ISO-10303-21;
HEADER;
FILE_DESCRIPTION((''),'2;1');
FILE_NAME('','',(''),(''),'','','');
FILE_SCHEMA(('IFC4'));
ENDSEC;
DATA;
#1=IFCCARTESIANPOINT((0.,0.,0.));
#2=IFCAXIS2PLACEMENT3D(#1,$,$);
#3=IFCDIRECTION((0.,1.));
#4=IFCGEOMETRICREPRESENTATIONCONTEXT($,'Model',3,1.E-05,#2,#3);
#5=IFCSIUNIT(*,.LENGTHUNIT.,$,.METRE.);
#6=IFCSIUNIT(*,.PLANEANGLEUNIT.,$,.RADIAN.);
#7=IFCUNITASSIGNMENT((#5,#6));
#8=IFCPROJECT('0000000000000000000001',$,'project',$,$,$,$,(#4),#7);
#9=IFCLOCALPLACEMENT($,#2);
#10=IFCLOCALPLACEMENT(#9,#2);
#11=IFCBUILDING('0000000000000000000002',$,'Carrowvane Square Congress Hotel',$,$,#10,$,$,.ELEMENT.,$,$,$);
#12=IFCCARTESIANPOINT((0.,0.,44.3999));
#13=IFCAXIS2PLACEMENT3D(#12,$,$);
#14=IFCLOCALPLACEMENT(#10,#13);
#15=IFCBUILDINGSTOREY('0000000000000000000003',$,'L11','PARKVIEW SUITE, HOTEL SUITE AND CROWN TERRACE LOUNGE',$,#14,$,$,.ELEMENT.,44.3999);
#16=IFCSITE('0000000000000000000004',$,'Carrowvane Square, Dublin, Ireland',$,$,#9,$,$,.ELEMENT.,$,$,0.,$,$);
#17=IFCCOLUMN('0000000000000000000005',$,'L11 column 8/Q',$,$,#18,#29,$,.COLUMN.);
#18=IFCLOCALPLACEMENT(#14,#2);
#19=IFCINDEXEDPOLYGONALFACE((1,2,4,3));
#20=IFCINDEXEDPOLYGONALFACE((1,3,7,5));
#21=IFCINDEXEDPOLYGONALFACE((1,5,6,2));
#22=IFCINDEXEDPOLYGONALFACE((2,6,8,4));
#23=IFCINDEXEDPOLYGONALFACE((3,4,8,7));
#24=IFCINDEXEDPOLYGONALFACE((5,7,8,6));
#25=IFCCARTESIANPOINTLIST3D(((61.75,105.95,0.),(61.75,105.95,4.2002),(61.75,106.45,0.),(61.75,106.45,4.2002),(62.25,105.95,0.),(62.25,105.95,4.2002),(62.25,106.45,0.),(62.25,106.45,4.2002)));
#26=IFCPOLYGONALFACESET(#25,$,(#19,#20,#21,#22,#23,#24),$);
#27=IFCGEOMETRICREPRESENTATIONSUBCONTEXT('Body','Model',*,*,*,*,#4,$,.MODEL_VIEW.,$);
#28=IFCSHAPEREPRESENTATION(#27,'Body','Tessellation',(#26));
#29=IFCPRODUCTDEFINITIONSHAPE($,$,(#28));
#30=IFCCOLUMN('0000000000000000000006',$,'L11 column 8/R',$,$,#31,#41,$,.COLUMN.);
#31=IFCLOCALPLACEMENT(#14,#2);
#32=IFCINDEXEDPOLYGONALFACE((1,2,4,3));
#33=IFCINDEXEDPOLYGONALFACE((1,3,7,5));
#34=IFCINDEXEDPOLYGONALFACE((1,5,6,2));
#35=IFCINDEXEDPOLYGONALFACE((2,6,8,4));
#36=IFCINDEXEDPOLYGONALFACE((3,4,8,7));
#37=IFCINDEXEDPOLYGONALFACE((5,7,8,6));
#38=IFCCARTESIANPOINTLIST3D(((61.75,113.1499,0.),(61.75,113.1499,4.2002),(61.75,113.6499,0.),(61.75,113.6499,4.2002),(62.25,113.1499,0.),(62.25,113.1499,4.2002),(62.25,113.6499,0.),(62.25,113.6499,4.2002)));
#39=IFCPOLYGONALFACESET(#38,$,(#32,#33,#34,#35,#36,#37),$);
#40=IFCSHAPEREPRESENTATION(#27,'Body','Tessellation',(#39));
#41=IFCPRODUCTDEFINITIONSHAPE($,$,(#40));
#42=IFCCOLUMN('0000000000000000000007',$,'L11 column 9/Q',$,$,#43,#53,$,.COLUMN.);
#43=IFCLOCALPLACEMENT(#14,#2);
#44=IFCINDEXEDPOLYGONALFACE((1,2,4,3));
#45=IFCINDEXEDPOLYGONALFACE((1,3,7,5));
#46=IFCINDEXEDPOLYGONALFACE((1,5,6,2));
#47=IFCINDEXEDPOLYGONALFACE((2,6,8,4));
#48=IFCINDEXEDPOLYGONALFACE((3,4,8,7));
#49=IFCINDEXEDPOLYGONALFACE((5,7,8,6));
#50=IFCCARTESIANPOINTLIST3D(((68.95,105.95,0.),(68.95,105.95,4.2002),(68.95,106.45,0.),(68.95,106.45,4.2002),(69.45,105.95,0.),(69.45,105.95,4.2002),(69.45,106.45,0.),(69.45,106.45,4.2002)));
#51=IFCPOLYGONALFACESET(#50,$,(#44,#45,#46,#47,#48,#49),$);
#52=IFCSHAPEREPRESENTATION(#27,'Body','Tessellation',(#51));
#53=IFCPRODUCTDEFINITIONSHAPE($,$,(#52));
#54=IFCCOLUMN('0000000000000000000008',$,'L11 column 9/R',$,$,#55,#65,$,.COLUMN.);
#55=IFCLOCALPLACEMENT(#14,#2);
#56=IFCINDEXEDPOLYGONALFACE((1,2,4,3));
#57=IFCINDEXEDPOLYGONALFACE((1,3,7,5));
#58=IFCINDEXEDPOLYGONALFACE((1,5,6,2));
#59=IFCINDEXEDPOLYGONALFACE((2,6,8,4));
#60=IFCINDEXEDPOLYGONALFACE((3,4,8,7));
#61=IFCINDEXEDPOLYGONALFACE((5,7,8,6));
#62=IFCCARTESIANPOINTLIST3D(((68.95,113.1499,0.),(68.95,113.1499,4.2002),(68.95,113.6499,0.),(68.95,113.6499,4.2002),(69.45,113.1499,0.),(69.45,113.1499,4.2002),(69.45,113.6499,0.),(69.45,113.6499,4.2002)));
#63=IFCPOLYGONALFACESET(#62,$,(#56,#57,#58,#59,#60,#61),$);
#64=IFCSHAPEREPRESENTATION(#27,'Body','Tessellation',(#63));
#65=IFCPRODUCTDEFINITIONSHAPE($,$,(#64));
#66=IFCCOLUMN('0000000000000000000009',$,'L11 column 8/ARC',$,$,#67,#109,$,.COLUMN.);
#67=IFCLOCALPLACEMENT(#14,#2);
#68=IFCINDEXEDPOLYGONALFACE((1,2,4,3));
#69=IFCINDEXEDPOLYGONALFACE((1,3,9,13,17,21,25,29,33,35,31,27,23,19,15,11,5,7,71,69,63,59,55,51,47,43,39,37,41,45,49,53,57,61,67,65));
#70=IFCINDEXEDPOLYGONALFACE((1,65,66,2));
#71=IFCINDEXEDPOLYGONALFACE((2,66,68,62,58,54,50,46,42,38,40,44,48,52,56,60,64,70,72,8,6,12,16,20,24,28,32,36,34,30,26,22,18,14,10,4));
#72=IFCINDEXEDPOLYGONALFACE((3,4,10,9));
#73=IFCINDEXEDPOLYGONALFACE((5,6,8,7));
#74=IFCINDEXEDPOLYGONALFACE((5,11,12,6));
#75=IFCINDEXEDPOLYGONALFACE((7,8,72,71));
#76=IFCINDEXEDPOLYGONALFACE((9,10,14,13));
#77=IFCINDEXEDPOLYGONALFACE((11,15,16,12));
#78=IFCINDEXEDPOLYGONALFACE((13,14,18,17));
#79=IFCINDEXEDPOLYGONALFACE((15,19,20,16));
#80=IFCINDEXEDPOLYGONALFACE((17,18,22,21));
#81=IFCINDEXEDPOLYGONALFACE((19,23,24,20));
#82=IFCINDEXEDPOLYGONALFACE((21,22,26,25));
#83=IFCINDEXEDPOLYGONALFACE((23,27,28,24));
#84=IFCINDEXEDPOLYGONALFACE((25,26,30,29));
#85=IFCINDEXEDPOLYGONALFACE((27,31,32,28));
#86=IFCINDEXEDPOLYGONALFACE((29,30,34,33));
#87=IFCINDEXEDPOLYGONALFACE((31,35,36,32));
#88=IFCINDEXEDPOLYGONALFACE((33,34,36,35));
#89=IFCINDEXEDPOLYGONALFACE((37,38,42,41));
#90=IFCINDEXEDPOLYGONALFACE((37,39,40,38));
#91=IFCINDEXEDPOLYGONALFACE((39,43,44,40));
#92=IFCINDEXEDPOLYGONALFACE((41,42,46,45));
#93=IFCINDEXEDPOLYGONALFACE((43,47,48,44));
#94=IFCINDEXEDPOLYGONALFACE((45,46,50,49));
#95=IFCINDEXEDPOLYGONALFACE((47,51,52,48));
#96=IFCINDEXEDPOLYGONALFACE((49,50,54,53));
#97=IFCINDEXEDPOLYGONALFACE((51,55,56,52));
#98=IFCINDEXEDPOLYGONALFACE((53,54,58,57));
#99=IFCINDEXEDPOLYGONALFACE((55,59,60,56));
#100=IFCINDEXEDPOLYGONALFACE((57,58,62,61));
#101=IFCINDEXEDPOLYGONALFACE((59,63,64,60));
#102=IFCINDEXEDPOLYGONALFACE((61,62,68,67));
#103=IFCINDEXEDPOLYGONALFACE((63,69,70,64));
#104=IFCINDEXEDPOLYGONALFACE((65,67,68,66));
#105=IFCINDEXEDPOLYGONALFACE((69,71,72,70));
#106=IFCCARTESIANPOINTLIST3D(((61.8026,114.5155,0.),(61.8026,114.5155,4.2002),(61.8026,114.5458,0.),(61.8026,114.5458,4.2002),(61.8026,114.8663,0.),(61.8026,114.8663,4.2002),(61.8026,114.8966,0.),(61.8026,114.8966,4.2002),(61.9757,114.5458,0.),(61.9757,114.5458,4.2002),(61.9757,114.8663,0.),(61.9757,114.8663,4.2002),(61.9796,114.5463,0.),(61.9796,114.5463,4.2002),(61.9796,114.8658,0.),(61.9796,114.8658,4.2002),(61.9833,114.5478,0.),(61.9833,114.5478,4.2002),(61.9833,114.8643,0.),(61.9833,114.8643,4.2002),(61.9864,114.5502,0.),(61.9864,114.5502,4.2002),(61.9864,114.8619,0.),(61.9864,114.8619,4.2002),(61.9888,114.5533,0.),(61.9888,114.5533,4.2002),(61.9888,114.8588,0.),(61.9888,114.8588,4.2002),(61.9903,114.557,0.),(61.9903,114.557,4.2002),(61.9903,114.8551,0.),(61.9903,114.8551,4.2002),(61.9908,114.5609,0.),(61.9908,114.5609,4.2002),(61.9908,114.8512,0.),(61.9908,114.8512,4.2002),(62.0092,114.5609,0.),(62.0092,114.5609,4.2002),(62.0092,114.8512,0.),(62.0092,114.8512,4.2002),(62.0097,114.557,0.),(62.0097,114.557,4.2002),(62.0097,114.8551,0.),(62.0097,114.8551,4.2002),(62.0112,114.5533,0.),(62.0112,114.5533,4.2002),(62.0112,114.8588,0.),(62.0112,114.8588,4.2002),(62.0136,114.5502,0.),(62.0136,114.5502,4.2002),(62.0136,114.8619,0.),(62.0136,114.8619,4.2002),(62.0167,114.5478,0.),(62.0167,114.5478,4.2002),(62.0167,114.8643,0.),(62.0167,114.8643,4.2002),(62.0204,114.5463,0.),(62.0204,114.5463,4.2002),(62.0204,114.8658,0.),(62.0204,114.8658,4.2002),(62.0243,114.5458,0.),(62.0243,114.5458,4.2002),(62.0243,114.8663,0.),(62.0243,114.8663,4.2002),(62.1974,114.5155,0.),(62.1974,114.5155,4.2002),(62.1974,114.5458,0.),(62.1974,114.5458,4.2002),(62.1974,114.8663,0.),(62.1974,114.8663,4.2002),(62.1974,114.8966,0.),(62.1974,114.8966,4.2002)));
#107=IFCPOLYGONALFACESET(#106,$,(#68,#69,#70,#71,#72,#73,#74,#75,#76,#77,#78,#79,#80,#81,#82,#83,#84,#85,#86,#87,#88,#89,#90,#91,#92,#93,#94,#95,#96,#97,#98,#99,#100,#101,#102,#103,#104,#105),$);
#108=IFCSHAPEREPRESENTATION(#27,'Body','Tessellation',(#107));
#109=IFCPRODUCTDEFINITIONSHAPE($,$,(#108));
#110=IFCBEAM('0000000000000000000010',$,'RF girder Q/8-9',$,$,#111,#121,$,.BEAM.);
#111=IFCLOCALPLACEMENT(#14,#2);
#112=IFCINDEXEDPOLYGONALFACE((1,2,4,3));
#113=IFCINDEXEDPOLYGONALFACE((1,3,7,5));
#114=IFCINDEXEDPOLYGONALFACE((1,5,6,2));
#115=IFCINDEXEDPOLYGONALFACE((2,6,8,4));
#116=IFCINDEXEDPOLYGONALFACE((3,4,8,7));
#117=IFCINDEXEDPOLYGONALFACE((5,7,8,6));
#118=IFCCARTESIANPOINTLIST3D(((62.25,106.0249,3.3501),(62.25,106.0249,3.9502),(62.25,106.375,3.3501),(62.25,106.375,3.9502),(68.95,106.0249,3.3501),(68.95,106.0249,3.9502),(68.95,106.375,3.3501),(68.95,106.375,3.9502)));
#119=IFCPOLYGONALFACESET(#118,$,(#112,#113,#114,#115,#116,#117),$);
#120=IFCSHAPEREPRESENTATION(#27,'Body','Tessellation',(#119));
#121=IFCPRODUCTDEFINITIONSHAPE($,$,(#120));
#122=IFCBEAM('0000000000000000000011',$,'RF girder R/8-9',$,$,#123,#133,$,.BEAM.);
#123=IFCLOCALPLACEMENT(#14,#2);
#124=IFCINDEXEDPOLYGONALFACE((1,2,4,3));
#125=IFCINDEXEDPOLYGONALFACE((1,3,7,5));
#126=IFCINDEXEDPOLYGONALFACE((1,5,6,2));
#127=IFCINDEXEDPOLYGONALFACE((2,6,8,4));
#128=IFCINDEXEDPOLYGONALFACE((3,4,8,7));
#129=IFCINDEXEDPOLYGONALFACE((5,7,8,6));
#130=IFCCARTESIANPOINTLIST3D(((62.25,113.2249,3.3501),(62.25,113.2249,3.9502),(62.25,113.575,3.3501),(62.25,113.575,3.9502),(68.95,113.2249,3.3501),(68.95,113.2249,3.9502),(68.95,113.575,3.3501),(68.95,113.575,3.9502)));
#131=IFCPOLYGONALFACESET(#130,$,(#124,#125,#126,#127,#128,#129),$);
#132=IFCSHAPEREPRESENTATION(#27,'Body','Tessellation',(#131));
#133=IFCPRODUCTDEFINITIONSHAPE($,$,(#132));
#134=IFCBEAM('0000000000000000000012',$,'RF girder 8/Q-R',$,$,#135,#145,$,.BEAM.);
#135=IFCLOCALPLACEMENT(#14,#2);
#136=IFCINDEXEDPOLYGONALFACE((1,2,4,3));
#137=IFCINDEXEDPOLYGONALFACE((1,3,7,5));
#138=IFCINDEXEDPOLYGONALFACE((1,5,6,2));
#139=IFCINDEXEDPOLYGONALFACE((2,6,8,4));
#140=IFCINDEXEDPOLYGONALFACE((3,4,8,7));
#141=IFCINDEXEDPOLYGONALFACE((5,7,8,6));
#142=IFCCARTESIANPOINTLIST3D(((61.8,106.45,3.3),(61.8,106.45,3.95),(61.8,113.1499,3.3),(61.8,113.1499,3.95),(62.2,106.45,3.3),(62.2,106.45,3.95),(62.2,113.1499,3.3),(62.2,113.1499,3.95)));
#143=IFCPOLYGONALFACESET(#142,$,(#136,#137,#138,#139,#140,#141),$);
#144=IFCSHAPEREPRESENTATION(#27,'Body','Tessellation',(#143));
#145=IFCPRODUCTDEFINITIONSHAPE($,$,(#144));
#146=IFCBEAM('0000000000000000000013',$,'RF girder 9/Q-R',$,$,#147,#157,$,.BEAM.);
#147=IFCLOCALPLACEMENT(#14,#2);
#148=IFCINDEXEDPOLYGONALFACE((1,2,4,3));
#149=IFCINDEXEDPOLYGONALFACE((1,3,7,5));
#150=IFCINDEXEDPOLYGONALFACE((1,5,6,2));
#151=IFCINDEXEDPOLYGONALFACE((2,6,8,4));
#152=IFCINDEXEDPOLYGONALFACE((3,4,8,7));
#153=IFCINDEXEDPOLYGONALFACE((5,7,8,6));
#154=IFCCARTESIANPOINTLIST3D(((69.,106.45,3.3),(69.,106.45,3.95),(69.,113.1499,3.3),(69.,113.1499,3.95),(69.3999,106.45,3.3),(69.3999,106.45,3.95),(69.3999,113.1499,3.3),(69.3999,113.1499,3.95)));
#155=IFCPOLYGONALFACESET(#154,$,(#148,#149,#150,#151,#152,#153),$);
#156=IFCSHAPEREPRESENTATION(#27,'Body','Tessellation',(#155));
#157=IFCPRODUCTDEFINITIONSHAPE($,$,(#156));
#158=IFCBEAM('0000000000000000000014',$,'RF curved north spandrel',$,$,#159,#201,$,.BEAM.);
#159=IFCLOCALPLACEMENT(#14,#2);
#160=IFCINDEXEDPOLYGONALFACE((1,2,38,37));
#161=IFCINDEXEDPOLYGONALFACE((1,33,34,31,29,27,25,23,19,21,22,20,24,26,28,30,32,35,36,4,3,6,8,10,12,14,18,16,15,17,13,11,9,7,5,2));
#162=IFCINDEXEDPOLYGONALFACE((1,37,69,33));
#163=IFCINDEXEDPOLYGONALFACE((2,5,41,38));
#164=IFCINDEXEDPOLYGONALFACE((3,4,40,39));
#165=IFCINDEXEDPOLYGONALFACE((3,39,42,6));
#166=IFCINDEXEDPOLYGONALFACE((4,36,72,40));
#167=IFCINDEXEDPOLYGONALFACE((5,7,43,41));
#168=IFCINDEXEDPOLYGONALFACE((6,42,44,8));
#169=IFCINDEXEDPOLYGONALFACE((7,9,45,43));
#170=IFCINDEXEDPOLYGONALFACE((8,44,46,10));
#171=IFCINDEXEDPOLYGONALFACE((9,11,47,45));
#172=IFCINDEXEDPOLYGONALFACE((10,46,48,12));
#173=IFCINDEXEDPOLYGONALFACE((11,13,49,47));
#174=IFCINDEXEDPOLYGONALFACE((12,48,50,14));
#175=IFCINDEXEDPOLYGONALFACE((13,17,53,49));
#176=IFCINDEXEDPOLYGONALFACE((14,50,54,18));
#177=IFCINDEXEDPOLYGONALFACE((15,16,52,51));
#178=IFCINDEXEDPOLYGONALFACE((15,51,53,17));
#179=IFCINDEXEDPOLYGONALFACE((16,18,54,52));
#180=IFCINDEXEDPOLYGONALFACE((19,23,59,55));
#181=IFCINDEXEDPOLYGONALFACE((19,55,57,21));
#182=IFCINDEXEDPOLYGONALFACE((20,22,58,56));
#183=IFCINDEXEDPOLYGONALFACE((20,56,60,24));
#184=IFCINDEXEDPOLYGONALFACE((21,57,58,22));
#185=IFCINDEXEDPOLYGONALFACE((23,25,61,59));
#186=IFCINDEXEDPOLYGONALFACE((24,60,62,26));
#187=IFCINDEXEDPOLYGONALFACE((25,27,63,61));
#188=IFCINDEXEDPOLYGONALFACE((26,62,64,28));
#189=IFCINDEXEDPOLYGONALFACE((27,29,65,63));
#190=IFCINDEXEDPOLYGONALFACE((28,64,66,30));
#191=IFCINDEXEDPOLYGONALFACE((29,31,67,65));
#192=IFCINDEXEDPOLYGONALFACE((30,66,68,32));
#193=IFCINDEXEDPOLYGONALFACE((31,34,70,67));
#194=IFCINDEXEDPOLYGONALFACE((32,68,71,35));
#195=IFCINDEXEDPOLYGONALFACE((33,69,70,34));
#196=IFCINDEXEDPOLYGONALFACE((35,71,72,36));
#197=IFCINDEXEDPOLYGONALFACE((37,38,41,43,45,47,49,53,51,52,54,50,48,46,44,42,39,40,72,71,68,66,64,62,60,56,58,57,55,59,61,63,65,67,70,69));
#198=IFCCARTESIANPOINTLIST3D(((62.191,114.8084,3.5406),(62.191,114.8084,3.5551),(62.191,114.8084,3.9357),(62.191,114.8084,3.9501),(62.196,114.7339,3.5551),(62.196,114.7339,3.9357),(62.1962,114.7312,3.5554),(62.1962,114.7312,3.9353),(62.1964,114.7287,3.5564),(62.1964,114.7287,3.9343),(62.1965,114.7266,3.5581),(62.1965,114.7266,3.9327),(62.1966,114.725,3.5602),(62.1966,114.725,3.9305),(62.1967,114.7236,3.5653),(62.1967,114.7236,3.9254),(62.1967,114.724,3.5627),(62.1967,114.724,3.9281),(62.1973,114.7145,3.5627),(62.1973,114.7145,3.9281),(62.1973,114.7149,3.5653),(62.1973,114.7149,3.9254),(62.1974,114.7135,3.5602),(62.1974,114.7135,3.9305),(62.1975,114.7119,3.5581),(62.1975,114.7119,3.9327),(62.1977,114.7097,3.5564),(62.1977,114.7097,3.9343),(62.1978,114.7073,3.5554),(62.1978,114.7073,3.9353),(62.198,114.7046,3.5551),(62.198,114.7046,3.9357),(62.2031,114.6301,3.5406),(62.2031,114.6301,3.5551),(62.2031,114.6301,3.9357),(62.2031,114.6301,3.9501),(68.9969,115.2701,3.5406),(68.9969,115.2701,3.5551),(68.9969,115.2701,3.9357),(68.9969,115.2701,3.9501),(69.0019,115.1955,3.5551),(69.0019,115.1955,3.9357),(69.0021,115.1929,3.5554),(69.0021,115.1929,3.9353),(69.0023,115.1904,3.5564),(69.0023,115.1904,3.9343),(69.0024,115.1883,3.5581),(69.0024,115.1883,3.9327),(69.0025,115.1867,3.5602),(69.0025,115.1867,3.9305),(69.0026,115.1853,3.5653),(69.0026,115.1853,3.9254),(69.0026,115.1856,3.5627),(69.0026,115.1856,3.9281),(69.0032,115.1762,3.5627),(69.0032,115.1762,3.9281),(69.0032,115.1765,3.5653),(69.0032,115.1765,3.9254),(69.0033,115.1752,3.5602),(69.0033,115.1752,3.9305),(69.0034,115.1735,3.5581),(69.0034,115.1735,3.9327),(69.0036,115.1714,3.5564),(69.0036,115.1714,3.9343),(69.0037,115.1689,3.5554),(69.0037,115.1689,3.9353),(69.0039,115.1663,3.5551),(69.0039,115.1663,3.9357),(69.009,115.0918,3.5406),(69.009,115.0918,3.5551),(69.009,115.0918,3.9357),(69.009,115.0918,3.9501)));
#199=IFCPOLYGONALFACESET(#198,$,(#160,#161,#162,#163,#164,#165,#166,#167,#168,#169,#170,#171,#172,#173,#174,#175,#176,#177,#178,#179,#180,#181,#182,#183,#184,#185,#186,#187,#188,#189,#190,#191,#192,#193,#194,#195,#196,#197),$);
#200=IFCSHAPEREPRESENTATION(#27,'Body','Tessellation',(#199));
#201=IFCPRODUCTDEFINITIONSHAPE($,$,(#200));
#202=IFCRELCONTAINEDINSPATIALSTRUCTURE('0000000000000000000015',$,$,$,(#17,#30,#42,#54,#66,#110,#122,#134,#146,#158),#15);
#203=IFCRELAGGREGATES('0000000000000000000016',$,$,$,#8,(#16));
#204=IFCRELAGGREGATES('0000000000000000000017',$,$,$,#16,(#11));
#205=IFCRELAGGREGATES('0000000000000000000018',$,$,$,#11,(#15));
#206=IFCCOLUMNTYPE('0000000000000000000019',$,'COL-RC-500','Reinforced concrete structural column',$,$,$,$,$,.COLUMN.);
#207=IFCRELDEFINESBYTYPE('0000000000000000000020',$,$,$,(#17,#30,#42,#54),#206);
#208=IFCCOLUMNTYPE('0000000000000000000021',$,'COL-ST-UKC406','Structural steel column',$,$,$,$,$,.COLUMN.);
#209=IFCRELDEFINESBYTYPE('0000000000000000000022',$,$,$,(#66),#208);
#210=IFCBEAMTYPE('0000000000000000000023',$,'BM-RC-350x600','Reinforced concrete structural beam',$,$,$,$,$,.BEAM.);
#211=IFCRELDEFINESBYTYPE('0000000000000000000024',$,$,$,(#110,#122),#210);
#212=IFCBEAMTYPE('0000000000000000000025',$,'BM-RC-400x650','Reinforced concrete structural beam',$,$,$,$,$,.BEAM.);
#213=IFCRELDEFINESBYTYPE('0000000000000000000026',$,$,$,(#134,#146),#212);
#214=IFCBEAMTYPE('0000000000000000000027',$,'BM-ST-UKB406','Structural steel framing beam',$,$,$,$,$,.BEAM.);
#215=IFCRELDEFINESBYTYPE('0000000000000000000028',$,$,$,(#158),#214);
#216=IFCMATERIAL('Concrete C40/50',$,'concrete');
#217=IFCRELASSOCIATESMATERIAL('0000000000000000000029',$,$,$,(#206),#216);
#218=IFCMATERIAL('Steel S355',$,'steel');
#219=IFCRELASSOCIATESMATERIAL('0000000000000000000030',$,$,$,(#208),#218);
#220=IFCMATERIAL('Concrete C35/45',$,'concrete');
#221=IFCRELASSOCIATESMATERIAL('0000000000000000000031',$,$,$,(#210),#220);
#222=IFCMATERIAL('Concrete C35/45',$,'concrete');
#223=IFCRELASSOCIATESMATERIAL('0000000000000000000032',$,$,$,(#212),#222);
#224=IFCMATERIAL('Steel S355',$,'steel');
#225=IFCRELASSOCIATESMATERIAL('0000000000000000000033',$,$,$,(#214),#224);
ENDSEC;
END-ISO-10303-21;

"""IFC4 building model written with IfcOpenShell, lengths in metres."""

from ifc_helpers import new_model, si_unit, direction, frame, origin, origin_2d, place, context, subcontext, project, spatial, rectangle, i_section, extrude, material, material_profile, profile_set, type_object, element, save


model = new_model("IFC4")

# Units and contexts
model_context = context("Model", 3, precision=1e-05, world=origin(), true_north=direction((0.0, 1.0)))
body_context = subcontext(model_context, "Body", "Model", "MODEL_VIEW")
ifc_project = project(units=[si_unit("LENGTHUNIT", "METRE"), si_unit("PLANEANGLEUNIT", "RADIAN")], contexts=[model_context])

# Site, building, storey
site_placement = place(None, origin())
site = spatial("IfcSite", under=ifc_project, at=site_placement, Name="Carrowvane Square, Dublin, Ireland", CompositionType="ELEMENT", RefElevation=0.0)
building_placement = place(site_placement, origin())
building = spatial("IfcBuilding", under=site, at=building_placement, Name="Carrowvane Square Congress Hotel", CompositionType="ELEMENT")
storey_placement = place(building_placement, frame((0.0, 0.0, 44.3999)))
storey = spatial("IfcBuildingStorey", under=building, at=storey_placement, Name="L11", Description="PARKVIEW SUITE, HOTEL SUITE AND CROWN TERRACE LOUNGE", CompositionType="ELEMENT", Elevation=44.3999)

# Columns
ifc_material_1 = material(Name="Concrete C40/50", Category="concrete")
ifc_material_profile_1 = material_profile(ifc_material_1, rectangle(XDim=0.5, YDim=0.5, at=origin_2d()), Name="RC 500x500")
ifc_profile_set_1 = profile_set([ifc_material_profile_1], Name="Concrete C40/50")
column_type_1 = type_object("IfcColumnType", Name="COL-RC-500", Description="Reinforced concrete structural column", PredefinedType="COLUMN", material=ifc_profile_set_1)
for number, where, z_axis, x_axis, name in (
    (1, (62.0, 106.2, 0.0), (0.0, 0.0, 1.0), (1.0, 0.0, 0.0), "L11 column 8/Q"),
    (2, (62.0, 113.3999, 0.0), (0.0, 0.0, 1.0), (1.0, 0.0, 0.0), "L11 column 8/R"),
    (3, (69.2, 106.2, 0.0), (0.0, 0.0, 1.0), (1.0, 0.0, 0.0), "L11 column 9/Q"),
    (4, (69.2, 113.3999, 0.0), (0.0, 0.0, 1.0), (1.0, 0.0, 0.0), "L11 column 9/R"),
):
    element("IfcColumn", number, at=place(storey_placement, frame(where, z_axis=z_axis, x_axis=x_axis)), inside=storey, type_object=column_type_1, Name=name, PredefinedType="COLUMN", context=body_context, shape_type="SweptSolid", body=[
        extrude(rectangle(XDim=0.5, YDim=0.5, at=origin_2d()), origin(), (0.0, 0.0, 1.0), 4.2002),
    ])
ifc_material_2 = material(Name="Steel S355", Category="steel")
ifc_material_profile_2 = material_profile(ifc_material_2, i_section(OverallWidth=0.3948, OverallDepth=0.3811, WebThickness=0.0183, FlangeThickness=0.0303, FilletRadius=0.0151, at=origin_2d()), Name="UKC 356x406x235")
ifc_profile_set_2 = profile_set([ifc_material_profile_2], Name="Steel S355")
column_type_2 = type_object("IfcColumnType", Name="COL-ST-UKC406", Description="Structural steel column", PredefinedType="COLUMN", material=ifc_profile_set_2)
column_placement = place(storey_placement, frame((62.0, 114.7061, 0.0), z_axis=(0.0, 0.0, 1.0), x_axis=(1.0, 0.0, 0.0)))
element("IfcColumn", 5, at=column_placement, inside=storey, type_object=column_type_2, Name="L11 column 8/ARC", PredefinedType="COLUMN", context=body_context, shape_type="SweptSolid", body=[
    extrude(i_section(OverallWidth=0.3948, OverallDepth=0.3811, WebThickness=0.0183, FlangeThickness=0.0303, FilletRadius=0.0151, at=origin_2d()), origin(), (0.0, 0.0, 1.0), 4.2002),
])

# Beams
ifc_material_3 = material(Name="Concrete C35/45", Category="concrete")
ifc_material_profile_3 = material_profile(ifc_material_3, rectangle(XDim=0.3501, YDim=0.6001, at=origin_2d()), Name="RC 350x600")
ifc_profile_set_3 = profile_set([ifc_material_profile_3], Name="Concrete C35/45")
beam_type_1 = type_object("IfcBeamType", Name="BM-RC-350x600", Description="Reinforced concrete structural beam", PredefinedType="BEAM", material=ifc_profile_set_3)
for number, where, z_axis, x_axis, name in (
    (6, (62.25, 106.2, 3.6501), (1.0, 0.0, 0.0), (0.0, 1.0, 0.0), "RF girder Q/8-9"),
    (7, (62.25, 113.3999, 3.6501), (1.0, 0.0, 0.0), (0.0, 1.0, 0.0), "RF girder R/8-9"),
):
    element("IfcBeam", number, at=place(storey_placement, frame(where, z_axis=z_axis, x_axis=x_axis)), inside=storey, type_object=beam_type_1, Name=name, PredefinedType="BEAM", context=body_context, shape_type="SweptSolid", body=[
        extrude(rectangle(XDim=0.3501, YDim=0.6001, at=origin_2d()), origin(), (0.0, 0.0, 1.0), 6.7),
    ])
ifc_material_4 = material(Name="Concrete C35/45", Category="concrete")
ifc_material_profile_4 = material_profile(ifc_material_4, rectangle(XDim=0.3999, YDim=0.6499, at=origin_2d()), Name="RC 400x650")
ifc_profile_set_4 = profile_set([ifc_material_profile_4], Name="Concrete C35/45")
beam_type_2 = type_object("IfcBeamType", Name="BM-RC-400x650", Description="Reinforced concrete structural beam", PredefinedType="BEAM", material=ifc_profile_set_4)
for number, where, z_axis, x_axis, name in (
    (8, (62.0, 106.45, 3.625), (0.0, 1.0, 0.0), (-1.0, 0.0, 0.0), "RF girder 8/Q-R"),
    (9, (69.2, 106.45, 3.625), (0.0, 1.0, 0.0), (-1.0, 0.0, 0.0), "RF girder 9/Q-R"),
):
    element("IfcBeam", number, at=place(storey_placement, frame(where, z_axis=z_axis, x_axis=x_axis)), inside=storey, type_object=beam_type_2, Name=name, PredefinedType="BEAM", context=body_context, shape_type="SweptSolid", body=[
        extrude(rectangle(XDim=0.3999, YDim=0.6499, at=origin_2d()), origin(), (0.0, 0.0, 1.0), 6.7),
    ])
ifc_material_5 = material(Name="Steel S355", Category="steel")
ifc_material_profile_5 = material_profile(ifc_material_5, i_section(OverallWidth=0.1787, OverallDepth=0.4094, WebThickness=0.0088, FlangeThickness=0.0144, FilletRadius=0.0103, at=origin_2d()), Name="UKB 406x178x67")
ifc_profile_set_5 = profile_set([ifc_material_profile_5], Name="Steel S355")
beam_type_3 = type_object("IfcBeamType", Name="BM-ST-UKB406", Description="Structural steel framing beam", PredefinedType="BEAM", material=ifc_profile_set_5)
beam_placement = place(storey_placement, frame((62.197, 114.7192, 3.7454), z_axis=(0.997707, 0.067678, 0.0), x_axis=(-0.067678, 0.997707, 0.0)))
element("IfcBeam", 10, at=beam_placement, inside=storey, type_object=beam_type_3, Name="RF curved north spandrel", PredefinedType="BEAM", context=body_context, shape_type="SweptSolid", body=[
    extrude(i_section(OverallWidth=0.1787, OverallDepth=0.4094, WebThickness=0.0088, FlangeThickness=0.0144, FilletRadius=0.0103, at=origin_2d()), origin(), (0.0, 0.0, 1.0), 6.8215),
])

save(model, "model.ifc")
